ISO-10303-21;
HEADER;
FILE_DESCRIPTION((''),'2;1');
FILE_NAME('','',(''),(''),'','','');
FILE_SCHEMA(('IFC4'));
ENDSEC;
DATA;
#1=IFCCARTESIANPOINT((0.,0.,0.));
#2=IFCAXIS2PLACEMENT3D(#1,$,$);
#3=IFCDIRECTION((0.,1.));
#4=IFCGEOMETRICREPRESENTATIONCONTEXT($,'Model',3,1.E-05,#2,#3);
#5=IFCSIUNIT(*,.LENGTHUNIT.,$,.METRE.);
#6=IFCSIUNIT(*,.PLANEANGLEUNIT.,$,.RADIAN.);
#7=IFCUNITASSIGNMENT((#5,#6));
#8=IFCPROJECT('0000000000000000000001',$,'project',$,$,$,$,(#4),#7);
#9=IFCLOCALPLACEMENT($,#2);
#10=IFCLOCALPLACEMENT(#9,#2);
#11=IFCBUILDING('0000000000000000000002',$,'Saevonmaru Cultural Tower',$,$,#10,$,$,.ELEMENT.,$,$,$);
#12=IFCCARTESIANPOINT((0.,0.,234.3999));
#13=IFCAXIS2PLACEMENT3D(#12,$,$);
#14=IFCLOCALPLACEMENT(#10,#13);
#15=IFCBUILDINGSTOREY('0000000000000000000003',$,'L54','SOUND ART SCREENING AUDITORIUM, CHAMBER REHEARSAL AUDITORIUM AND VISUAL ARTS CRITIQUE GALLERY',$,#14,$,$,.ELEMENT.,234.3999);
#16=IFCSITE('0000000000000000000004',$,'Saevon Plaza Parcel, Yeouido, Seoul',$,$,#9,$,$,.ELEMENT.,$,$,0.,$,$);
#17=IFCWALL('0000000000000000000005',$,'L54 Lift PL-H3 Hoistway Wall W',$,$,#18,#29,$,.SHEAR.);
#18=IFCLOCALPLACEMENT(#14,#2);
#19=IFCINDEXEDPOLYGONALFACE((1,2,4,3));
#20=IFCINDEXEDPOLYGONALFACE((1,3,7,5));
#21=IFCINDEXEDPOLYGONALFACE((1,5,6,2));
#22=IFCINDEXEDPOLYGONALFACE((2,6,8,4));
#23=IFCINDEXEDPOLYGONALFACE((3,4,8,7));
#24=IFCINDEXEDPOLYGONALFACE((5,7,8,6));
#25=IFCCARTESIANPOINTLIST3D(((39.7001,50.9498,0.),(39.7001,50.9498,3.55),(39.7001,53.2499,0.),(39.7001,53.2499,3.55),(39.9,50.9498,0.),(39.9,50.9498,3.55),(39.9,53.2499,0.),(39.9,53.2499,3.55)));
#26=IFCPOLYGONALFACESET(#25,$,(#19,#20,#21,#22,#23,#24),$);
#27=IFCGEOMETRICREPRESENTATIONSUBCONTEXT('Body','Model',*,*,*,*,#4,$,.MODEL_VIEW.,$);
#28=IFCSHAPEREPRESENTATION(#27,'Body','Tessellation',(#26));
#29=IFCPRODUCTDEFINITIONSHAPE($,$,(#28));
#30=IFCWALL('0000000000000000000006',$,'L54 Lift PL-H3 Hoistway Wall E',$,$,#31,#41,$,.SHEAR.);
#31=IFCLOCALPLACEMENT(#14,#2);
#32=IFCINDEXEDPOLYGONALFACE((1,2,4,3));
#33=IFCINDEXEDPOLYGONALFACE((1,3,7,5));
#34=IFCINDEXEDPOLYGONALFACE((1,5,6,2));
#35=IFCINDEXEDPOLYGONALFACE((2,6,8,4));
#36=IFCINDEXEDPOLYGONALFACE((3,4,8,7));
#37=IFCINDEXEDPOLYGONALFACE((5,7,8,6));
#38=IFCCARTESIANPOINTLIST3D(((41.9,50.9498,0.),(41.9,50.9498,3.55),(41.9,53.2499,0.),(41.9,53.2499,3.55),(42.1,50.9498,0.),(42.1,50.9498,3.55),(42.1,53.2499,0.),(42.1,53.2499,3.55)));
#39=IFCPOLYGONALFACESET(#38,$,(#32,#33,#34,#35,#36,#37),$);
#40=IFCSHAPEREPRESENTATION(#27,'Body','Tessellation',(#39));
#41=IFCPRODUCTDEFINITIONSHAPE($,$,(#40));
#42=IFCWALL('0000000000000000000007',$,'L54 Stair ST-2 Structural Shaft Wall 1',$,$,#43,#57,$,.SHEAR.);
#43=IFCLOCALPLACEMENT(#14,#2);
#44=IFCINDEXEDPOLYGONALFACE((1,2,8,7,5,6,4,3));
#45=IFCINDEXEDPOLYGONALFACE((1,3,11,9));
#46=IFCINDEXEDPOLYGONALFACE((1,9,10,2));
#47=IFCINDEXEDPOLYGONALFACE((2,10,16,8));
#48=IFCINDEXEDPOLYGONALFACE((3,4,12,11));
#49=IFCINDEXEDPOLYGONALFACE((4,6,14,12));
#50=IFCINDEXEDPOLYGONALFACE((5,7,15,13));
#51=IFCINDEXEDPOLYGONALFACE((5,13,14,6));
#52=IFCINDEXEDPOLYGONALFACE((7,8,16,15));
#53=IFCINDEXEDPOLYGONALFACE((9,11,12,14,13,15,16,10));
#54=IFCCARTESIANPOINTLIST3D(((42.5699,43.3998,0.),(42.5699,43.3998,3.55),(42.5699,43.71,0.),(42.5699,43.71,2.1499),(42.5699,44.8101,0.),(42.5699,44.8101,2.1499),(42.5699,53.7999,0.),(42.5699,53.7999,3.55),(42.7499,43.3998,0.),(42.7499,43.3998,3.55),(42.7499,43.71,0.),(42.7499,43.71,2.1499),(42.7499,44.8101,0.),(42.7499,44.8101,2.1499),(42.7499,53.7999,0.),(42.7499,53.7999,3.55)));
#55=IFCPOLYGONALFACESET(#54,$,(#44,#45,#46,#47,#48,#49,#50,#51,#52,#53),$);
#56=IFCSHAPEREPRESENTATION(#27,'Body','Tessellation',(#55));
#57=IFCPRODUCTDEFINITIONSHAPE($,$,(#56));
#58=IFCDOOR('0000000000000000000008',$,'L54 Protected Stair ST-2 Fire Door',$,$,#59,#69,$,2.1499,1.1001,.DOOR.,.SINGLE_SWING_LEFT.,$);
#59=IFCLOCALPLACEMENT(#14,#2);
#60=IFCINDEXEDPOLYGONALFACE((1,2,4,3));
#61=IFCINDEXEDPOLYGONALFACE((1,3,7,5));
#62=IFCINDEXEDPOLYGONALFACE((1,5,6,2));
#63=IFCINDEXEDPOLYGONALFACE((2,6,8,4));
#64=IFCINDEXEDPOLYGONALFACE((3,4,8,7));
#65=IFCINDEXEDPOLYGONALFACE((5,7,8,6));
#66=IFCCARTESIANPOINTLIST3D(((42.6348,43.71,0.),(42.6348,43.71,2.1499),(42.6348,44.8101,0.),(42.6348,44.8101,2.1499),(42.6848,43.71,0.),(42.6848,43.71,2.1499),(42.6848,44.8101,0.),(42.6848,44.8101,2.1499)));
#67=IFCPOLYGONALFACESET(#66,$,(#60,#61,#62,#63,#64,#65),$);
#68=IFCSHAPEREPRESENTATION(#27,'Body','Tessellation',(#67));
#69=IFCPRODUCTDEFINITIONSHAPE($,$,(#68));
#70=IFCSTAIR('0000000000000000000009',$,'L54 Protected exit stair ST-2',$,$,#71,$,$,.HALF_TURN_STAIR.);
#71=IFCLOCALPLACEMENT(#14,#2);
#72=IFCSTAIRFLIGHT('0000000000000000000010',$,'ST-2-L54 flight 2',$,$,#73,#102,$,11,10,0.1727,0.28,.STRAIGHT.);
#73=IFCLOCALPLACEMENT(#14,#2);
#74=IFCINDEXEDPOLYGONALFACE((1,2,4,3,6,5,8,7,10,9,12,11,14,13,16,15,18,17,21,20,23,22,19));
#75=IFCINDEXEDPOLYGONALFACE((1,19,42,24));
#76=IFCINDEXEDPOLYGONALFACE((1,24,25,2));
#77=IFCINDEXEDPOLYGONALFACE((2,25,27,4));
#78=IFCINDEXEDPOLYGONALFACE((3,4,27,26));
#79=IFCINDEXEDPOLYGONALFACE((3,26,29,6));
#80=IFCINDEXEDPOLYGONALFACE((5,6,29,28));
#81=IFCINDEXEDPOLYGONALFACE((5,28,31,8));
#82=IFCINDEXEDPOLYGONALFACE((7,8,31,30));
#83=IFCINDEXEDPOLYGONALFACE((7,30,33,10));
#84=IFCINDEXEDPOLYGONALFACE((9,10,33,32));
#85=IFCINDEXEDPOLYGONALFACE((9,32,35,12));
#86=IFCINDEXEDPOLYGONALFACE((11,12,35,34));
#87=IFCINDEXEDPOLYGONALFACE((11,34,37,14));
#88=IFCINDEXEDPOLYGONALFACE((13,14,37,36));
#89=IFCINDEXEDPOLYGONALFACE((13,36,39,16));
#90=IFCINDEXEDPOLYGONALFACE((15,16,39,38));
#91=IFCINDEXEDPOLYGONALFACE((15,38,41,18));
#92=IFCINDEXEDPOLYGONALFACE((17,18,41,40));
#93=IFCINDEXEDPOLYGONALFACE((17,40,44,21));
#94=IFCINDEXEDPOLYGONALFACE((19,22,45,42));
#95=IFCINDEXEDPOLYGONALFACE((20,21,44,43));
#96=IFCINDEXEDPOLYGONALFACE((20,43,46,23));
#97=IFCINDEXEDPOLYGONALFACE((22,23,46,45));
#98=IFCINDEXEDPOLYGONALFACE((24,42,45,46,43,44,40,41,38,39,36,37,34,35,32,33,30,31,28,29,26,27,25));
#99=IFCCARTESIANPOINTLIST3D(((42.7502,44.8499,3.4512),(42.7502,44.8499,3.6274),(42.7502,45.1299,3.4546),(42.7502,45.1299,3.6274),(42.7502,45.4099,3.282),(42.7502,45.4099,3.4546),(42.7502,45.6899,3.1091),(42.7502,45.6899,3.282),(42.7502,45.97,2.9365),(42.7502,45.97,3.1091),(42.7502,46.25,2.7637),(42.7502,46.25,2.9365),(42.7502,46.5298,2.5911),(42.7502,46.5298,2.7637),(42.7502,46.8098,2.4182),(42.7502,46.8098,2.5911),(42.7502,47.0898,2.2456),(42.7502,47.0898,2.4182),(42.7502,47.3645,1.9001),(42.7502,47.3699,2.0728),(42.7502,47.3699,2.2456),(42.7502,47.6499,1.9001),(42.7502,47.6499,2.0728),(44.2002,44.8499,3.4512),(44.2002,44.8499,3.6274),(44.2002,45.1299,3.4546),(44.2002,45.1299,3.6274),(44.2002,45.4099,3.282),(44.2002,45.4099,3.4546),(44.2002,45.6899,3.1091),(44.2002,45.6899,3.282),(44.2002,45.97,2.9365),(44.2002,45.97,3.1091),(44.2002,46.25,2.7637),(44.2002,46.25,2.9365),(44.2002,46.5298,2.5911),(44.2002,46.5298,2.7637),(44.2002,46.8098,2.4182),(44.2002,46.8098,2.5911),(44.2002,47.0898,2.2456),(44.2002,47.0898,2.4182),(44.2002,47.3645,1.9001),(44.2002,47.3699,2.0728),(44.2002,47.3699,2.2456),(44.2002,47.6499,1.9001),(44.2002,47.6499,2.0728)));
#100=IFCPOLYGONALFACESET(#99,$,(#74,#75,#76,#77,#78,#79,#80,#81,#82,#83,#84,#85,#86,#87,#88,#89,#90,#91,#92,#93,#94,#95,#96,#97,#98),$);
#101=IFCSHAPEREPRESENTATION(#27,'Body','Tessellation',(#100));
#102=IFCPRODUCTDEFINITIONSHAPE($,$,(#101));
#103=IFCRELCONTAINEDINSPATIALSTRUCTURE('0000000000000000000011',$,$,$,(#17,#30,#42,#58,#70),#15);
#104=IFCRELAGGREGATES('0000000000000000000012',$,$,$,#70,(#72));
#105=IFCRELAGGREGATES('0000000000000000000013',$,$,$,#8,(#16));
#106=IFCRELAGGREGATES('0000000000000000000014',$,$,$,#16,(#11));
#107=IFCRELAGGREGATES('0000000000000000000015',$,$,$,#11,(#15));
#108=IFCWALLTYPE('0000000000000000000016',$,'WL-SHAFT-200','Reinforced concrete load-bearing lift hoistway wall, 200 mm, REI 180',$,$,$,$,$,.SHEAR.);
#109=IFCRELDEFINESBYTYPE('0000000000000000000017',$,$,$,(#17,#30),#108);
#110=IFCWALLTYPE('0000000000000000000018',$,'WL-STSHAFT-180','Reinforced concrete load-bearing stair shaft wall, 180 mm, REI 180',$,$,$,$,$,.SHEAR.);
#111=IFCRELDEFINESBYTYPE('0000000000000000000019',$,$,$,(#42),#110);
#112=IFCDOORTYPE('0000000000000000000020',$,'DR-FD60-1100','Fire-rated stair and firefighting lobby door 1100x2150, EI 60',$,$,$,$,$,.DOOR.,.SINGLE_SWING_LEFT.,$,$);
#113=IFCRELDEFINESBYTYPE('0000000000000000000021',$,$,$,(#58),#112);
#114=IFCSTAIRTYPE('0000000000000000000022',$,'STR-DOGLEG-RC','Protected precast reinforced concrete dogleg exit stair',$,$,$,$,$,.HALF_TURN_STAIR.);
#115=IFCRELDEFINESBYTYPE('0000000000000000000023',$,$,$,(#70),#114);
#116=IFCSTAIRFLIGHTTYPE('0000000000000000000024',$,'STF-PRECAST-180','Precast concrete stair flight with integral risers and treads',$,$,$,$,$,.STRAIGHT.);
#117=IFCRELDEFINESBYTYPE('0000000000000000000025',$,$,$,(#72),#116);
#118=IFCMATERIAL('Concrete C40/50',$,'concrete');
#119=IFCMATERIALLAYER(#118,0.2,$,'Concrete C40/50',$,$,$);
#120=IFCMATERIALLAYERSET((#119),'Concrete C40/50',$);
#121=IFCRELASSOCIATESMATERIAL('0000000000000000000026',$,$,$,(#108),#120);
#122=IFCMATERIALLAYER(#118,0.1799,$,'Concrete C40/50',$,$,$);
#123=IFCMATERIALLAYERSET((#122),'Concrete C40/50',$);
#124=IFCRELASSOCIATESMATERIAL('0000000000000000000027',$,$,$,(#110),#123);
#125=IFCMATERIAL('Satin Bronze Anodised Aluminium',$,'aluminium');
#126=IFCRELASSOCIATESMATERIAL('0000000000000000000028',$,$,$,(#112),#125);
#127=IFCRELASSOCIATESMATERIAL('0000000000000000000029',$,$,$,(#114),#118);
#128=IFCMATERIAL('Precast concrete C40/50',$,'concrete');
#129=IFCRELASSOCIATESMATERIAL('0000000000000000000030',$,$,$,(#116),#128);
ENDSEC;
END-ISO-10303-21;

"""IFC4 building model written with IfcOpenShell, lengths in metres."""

from ifc_helpers import new_model, si_unit, direction, frame, frame_2d, origin, place, context, subcontext, project, spatial, polyline, rectangle, outline, extrude, material, layer, layer_set, type_object, element, fill, aggregate, save


model = new_model("IFC4")

# Units and contexts
model_context = context("Model", 3, precision=1e-05, world=origin(), true_north=direction((0.0, 1.0)))
body_context = subcontext(model_context, "Body", "Model", "MODEL_VIEW")
ifc_project = project(units=[si_unit("LENGTHUNIT", "METRE"), si_unit("PLANEANGLEUNIT", "RADIAN")], contexts=[model_context])

# Site, building, storey
site_placement = place(None, origin())
site = spatial("IfcSite", under=ifc_project, at=site_placement, Name="Saevon Plaza Parcel, Yeouido, Seoul", CompositionType="ELEMENT", RefElevation=0.0)
building_placement = place(site_placement, origin())
building = spatial("IfcBuilding", under=site, at=building_placement, Name="Saevonmaru Cultural Tower", CompositionType="ELEMENT")
storey_placement = place(building_placement, frame((0.0, 0.0, 234.3999)))
storey = spatial("IfcBuildingStorey", under=building, at=storey_placement, Name="L54", Description="SOUND ART SCREENING AUDITORIUM, CHAMBER REHEARSAL AUDITORIUM AND VISUAL ARTS CRITIQUE GALLERY", CompositionType="ELEMENT", Elevation=234.3999)

# Shared definitions
ifc_material_1 = material(Name="Satin Bronze Anodised Aluminium", Category="aluminium")

# Shared definitions
ifc_material_2 = material(Name="Concrete C40/50", Category="concrete")
ifc_layer_1 = layer(ifc_material_2, 0.2, Name="Concrete C40/50")
ifc_layer_set_1 = layer_set([ifc_layer_1], Name="Concrete C40/50")
wall_type_1 = type_object("IfcWallType", Name="WL-SHAFT-200", Description="Reinforced concrete load-bearing lift hoistway wall, 200 mm, REI 180", PredefinedType="SHEAR", material=ifc_layer_set_1)

# Walls
for number, where, z_axis, x_axis, name in (
    (1, (39.8, 50.95, 0.0), (0.0, 0.0, 1.0), (0.0, 1.0, 0.0), "L54 Lift PL-H3 Hoistway Wall W"),
    (2, (42.0, 50.95, 0.0), (0.0, 0.0, 1.0), (0.0, 1.0, 0.0), "L54 Lift PL-H3 Hoistway Wall E"),
):
    element("IfcWall", number, at=place(storey_placement, frame(where, z_axis=z_axis, x_axis=x_axis)), inside=storey, type_object=wall_type_1, Name=name, PredefinedType="SHEAR", context=body_context, shape_type="SweptSolid", body=[
        extrude(rectangle(XDim=2.3, YDim=0.2, at=frame_2d((1.1499, 0.0))), origin(), (0.0, 0.0, 1.0), 3.55),
    ])

# Wall, opening, door
ifc_layer_2 = layer(ifc_material_2, 0.1799, Name="Concrete C40/50")
ifc_layer_set_2 = layer_set([ifc_layer_2], Name="Concrete C40/50")
wall_type_2 = type_object("IfcWallType", Name="WL-STSHAFT-180", Description="Reinforced concrete load-bearing stair shaft wall, 180 mm, REI 180", PredefinedType="SHEAR", material=ifc_layer_set_2)
wall_1_placement = place(storey_placement, frame((42.6599, 53.8, 0.0), z_axis=(0.0, 0.0, 1.0), x_axis=(0.0, -1.0, 0.0)))
wall_1 = element("IfcWall", 3, at=wall_1_placement, inside=storey, type_object=wall_type_2, Name="L54 Stair ST-2 Structural Shaft Wall 1", PredefinedType="SHEAR", context=body_context, shape_type="SweptSolid", body=[
    extrude(rectangle(XDim=10.4001, YDim=0.1799, at=frame_2d((5.2002, 0.0))), origin(), (0.0, 0.0, 1.0), 3.55),
])
opening_1_placement = place(wall_1_placement, frame((8.99, 0.0, 0.0)))
opening_1 = element("IfcOpeningElement", 4, at=opening_1_placement, cuts=wall_1, PredefinedType="OPENING", context=body_context, shape_type="SweptSolid", body=[
    extrude(rectangle(XDim=1.1001, YDim=2.1499, at=frame_2d((0.55, 1.075))), frame((0.0, 0.1001, 0.0), z_axis=(0.0, -1.0, 0.0), x_axis=(1.0, 0.0, 0.0)), (0.0, 0.0, 1.0), 0.2),
])
door_type_1 = type_object("IfcDoorType", Name="DR-FD60-1100", Description="Fire-rated stair and firefighting lobby door 1100x2150, EI 60", OperationType="SINGLE_SWING_LEFT", PredefinedType="DOOR", material=ifc_material_1)
door_1_placement = place(opening_1_placement, origin())
door_1 = element("IfcDoor", 5, at=door_1_placement, inside=storey, type_object=door_type_1, Name="L54 Protected Stair ST-2 Fire Door", OperationType="SINGLE_SWING_LEFT", OverallHeight=2.1499, OverallWidth=1.1001, PredefinedType="DOOR", context=body_context, shape_type="SweptSolid", body=[
    extrude(rectangle(XDim=1.1001, YDim=2.1499, at=frame_2d((0.55, 1.075))), frame((0.0, 0.0249, 0.0), z_axis=(0.0, -1.0, 0.0), x_axis=(1.0, 0.0, 0.0)), (0.0, 0.0, 1.0), 0.05),
])
fill(opening_1, door_1)

# Stair, stair flight
stair_type = type_object("IfcStairType", Name="STR-DOGLEG-RC", Description="Protected precast reinforced concrete dogleg exit stair", PredefinedType="HALF_TURN_STAIR", material=ifc_material_2)
stair_placement = place(storey_placement, origin())
stair = element("IfcStair", 6, at=stair_placement, inside=storey, type_object=stair_type, Name="L54 Protected exit stair ST-2", PredefinedType="HALF_TURN_STAIR")
ifc_material_3 = material(Name="Precast concrete C40/50", Category="concrete")
stair_flight_type = type_object("IfcStairFlightType", Name="STF-PRECAST-180", Description="Precast concrete stair flight with integral risers and treads", PredefinedType="STRAIGHT", material=ifc_material_3)
stair_flight_placement = place(storey_placement, frame((43.4751, 47.6499, 1.9001), z_axis=(0.0, 0.0, 1.0), x_axis=(0.0, -1.0, 0.0)))
stair_flight = element("IfcStairFlight", 7, at=stair_flight_placement, type_object=stair_flight_type, Name="ST-2-L54 flight 2", NumberOfRisers=11, NumberOfTreads=10, PredefinedType="STRAIGHT", RiserHeight=0.1727, TreadLength=0.28, context=body_context, shape_type="SweptSolid", body=[
    extrude(outline(polyline([(0.0, 0.0), (0.0, 0.1726), (0.28, 0.1726), (0.28, 0.3455), (0.5601, 0.3455), (0.5601, 0.5181), (0.8401, 0.5181), (0.8401, 0.6909), (1.1201, 0.6909), (1.1201, 0.8635), (1.3999, 0.8635), (1.3999, 1.0364), (1.6799, 1.0364), (1.6799, 1.209), (1.96, 1.209), (1.96, 1.3818), (2.24, 1.3818), (2.24, 1.5544), (2.52, 1.5544), (2.52, 1.7273), (2.8, 1.7273), (2.8, 1.8999), (2.8, 1.551), (0.2854, 0.0), (0.0, 0.0)])), frame((0.0, 0.7251, 0.0), z_axis=(0.0, -1.0, 0.0), x_axis=(1.0, 0.0, 0.0)), (0.0, 0.0, 1.0), 1.45),
])
aggregate(stair, [stair_flight])

save(model, "model.ifc")
